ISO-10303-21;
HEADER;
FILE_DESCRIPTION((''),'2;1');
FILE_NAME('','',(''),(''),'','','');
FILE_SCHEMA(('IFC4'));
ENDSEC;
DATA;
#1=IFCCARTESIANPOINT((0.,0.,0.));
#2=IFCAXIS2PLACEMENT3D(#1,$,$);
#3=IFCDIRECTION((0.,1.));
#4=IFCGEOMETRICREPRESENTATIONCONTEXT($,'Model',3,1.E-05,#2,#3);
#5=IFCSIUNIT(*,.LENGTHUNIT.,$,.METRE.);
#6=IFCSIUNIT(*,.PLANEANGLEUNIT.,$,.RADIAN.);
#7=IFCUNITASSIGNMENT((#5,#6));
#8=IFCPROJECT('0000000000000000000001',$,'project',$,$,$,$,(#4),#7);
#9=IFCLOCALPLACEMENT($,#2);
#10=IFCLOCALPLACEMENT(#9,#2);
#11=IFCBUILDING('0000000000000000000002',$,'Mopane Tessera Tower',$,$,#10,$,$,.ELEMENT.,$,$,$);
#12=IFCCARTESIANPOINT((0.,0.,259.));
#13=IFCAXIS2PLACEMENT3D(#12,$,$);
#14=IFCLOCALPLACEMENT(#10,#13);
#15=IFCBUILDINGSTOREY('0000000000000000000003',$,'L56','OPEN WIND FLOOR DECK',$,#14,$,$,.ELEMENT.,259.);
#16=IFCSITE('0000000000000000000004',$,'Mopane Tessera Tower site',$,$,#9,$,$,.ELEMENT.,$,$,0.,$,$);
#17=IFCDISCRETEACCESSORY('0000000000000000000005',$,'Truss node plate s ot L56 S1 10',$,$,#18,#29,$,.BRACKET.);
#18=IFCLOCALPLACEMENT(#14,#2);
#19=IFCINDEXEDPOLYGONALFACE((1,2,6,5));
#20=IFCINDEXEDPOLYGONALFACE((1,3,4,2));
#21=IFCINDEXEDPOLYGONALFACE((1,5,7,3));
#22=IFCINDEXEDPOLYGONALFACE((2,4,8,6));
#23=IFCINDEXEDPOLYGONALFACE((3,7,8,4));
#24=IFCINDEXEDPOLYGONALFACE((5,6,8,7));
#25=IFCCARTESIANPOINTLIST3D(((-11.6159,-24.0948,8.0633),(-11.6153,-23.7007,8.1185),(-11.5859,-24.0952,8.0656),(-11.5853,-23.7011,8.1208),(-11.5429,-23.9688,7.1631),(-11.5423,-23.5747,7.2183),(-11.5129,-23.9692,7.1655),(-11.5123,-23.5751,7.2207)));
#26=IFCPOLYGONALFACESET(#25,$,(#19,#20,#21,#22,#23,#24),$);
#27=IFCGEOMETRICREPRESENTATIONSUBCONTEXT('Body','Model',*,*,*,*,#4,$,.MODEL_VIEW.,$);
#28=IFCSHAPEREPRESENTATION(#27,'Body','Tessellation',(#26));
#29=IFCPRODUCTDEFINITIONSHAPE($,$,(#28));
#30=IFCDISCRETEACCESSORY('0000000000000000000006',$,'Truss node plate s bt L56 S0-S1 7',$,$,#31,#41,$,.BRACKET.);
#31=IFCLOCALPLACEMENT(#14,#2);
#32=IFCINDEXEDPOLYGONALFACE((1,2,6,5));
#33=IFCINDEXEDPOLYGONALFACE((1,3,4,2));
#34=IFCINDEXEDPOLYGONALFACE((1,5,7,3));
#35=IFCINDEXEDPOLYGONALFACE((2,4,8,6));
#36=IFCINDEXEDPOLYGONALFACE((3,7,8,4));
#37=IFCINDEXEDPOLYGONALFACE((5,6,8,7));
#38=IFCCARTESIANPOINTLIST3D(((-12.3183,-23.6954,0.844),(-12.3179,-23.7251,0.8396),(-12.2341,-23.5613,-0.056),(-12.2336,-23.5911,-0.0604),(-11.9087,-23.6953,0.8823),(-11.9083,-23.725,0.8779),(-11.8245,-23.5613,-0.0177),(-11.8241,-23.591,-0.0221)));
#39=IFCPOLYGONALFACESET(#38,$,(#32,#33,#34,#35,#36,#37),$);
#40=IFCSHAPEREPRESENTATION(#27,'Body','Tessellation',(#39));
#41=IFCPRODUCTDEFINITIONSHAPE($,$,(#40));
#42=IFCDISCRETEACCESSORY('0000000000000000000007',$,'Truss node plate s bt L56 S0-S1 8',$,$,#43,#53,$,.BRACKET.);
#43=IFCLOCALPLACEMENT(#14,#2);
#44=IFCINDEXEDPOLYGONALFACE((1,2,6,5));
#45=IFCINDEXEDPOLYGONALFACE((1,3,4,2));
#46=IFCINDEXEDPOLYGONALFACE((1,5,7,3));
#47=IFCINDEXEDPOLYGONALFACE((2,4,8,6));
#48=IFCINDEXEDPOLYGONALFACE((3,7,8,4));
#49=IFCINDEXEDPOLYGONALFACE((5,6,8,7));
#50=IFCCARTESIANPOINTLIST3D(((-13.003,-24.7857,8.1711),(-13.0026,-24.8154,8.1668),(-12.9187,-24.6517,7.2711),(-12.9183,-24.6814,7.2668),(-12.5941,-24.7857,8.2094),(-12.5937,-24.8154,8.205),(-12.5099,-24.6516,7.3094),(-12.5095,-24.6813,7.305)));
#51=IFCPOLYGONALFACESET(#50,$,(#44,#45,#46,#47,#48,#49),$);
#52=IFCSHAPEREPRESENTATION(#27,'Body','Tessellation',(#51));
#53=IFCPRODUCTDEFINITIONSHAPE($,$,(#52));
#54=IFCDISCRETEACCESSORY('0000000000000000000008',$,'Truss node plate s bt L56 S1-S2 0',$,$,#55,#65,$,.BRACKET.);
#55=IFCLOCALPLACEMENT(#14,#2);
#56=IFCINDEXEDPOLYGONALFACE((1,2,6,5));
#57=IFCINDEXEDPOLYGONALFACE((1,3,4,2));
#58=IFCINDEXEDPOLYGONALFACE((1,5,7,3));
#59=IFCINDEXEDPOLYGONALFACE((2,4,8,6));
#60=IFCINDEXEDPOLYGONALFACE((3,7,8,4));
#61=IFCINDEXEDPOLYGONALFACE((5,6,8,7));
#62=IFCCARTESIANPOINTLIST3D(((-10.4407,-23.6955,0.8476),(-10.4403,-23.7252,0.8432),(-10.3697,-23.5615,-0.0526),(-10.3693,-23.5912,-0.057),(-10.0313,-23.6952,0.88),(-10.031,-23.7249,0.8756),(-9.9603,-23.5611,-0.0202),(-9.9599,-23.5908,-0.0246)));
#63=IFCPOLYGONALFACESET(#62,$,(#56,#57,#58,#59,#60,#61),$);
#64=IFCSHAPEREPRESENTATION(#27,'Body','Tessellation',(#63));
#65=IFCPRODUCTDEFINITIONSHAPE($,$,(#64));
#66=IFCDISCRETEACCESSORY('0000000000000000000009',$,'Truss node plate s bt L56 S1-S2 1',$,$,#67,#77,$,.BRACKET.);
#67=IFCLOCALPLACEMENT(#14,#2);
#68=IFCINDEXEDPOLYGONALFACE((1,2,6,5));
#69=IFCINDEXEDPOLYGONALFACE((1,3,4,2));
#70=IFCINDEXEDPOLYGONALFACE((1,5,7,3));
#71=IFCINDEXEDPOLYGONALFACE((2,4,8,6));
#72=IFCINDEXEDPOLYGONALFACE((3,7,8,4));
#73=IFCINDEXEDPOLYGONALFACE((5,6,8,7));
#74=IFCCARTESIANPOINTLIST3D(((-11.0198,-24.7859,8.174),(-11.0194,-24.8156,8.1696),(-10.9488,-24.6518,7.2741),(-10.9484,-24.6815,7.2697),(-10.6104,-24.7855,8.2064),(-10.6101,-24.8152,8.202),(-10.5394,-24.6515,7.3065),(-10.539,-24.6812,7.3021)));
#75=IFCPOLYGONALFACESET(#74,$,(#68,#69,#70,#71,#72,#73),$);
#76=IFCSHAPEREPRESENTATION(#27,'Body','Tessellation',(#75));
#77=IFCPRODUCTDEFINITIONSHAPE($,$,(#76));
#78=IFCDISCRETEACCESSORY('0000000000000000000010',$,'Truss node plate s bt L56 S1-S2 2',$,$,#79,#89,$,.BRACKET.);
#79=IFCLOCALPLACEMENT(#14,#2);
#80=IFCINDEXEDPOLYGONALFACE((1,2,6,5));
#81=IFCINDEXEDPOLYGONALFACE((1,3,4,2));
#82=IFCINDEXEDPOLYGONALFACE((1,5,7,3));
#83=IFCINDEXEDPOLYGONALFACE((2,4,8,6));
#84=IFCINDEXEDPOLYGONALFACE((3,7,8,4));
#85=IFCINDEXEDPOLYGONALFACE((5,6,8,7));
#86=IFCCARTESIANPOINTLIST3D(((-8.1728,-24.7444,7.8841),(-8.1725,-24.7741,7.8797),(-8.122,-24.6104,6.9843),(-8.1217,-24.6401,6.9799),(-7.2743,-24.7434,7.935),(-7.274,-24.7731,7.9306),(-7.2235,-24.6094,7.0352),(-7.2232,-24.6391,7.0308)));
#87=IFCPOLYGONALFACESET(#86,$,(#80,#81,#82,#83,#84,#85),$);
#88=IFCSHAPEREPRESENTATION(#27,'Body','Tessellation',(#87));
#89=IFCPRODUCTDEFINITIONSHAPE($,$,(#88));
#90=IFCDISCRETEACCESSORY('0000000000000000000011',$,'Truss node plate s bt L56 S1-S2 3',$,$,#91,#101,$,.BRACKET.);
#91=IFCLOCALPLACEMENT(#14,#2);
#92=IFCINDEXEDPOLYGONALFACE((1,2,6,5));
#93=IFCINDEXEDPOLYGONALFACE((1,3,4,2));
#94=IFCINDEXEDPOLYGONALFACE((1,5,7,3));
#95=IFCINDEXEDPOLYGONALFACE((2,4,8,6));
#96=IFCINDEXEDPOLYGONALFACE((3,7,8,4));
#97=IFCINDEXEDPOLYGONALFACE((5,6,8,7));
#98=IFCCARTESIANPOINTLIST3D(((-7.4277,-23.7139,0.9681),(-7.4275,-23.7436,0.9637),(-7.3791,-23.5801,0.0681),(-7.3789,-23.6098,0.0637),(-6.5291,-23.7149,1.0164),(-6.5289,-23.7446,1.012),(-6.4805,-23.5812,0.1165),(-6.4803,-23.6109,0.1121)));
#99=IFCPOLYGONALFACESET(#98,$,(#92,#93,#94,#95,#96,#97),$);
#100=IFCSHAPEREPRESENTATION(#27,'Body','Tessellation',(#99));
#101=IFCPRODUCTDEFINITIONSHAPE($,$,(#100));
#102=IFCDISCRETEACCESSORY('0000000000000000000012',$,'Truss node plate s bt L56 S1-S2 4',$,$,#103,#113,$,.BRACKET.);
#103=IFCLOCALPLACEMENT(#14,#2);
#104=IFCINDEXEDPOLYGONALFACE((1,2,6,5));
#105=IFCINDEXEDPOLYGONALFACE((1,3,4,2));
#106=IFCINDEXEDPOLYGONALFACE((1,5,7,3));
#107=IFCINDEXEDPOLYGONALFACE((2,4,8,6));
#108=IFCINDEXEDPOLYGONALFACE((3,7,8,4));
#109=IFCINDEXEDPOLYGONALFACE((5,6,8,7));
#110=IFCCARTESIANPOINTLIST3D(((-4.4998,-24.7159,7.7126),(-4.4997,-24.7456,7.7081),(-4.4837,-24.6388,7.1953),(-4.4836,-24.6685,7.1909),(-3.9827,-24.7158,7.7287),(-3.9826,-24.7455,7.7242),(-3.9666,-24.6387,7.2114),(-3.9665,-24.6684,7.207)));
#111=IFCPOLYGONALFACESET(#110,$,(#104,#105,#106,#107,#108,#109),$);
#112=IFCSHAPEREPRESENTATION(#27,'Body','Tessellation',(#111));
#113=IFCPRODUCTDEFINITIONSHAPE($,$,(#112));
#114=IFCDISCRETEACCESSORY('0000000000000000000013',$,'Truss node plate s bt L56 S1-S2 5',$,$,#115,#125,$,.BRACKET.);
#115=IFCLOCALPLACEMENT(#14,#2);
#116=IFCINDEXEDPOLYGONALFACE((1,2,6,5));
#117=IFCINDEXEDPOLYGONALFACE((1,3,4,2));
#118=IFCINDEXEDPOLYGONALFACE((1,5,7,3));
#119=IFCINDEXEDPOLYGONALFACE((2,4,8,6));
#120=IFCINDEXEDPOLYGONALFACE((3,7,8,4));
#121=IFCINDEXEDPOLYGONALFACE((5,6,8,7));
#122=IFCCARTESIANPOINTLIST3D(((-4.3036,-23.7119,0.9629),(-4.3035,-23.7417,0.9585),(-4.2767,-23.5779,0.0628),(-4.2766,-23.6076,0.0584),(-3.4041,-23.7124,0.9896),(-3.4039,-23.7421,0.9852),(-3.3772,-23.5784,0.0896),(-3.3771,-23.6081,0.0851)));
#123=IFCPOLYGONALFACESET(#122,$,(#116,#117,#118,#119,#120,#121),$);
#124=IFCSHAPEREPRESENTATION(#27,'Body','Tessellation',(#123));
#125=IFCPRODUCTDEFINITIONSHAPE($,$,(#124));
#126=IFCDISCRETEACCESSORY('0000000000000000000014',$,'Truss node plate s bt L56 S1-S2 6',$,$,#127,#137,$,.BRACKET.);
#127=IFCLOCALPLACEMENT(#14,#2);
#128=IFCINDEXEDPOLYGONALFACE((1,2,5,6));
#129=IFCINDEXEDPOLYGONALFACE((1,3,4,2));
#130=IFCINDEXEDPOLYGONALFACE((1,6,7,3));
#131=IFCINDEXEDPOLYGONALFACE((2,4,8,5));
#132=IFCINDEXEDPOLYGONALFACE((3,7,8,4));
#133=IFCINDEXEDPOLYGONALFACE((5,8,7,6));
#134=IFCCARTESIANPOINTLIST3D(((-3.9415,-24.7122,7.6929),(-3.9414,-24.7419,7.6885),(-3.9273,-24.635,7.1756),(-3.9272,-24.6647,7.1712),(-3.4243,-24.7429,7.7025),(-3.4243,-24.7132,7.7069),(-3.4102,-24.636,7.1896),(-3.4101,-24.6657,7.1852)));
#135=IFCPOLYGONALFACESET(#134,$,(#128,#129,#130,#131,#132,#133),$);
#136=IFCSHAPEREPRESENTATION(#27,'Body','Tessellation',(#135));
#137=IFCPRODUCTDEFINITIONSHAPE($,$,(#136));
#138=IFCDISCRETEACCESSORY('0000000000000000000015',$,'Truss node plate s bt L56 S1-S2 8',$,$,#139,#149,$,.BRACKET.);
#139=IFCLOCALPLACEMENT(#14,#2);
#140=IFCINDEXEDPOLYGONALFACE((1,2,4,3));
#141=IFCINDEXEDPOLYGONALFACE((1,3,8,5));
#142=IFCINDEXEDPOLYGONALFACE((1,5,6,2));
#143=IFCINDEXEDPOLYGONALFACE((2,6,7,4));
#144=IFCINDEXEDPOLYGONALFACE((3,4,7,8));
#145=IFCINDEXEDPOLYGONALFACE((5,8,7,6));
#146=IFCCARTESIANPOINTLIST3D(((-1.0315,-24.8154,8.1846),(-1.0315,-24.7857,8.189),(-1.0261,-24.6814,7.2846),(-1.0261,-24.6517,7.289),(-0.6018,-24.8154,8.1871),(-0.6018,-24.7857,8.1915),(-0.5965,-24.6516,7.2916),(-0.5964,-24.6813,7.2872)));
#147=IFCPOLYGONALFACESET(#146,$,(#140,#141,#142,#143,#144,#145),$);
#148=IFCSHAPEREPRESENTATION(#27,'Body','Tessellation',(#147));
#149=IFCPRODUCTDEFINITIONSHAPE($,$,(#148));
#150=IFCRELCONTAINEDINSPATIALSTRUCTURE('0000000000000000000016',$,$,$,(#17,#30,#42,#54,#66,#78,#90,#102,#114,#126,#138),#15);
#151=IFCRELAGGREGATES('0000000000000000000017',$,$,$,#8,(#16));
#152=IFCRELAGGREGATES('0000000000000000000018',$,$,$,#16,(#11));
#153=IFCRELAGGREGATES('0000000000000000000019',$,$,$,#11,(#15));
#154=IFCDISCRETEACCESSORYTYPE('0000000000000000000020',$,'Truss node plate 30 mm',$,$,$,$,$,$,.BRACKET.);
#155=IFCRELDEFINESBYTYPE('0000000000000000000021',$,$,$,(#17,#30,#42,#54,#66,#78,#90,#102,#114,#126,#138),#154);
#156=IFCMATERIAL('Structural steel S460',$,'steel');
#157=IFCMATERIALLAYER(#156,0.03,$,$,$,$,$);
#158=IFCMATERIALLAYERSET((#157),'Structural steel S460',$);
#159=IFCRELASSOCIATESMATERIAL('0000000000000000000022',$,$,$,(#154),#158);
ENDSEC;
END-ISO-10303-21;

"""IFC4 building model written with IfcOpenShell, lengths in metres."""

from ifc_helpers import new_model, si_unit, direction, frame, origin, origin_2d, place, context, subcontext, project, spatial, rectangle, extrude, material, layer, layer_set, type_object, element, save


model = new_model("IFC4")

# Units and contexts
model_context = context("Model", 3, precision=1e-05, world=origin(), true_north=direction((0.0, 1.0)))
body_context = subcontext(model_context, "Body", "Model", "MODEL_VIEW")
ifc_project = project(units=[si_unit("LENGTHUNIT", "METRE"), si_unit("PLANEANGLEUNIT", "RADIAN")], contexts=[model_context])

# Site, building, storey
site_placement = place(None, origin())
site = spatial("IfcSite", under=ifc_project, at=site_placement, Name="Mopane Tessera Tower site", CompositionType="ELEMENT", RefElevation=0.0)
building_placement = place(site_placement, origin())
building = spatial("IfcBuilding", under=site, at=building_placement, Name="Mopane Tessera Tower", CompositionType="ELEMENT")
storey_placement = place(building_placement, frame((0.0, 0.0, 259.0)))
storey = spatial("IfcBuildingStorey", under=building, at=storey_placement, Name="L56", Description="OPEN WIND FLOOR DECK", CompositionType="ELEMENT", Elevation=259.0)

# Discrete accessories
ifc_material_1 = material(Name="Structural steel S460", Category="steel")
ifc_layer = layer(ifc_material_1, 0.03)
ifc_layer_set = layer_set([ifc_layer], Name="Structural steel S460")
discrete_accessory_type = type_object("IfcDiscreteAccessoryType", Name="Truss node plate 30 mm", PredefinedType="BRACKET", material=ifc_layer_set)
discrete_accessory_1_placement = place(storey_placement, frame((-11.5276, -23.772, 7.1919), z_axis=(-0.080055, -0.138156, 0.98717), x_axis=(0.996789, -0.012582, 0.079075)))
element("IfcDiscreteAccessory", 1, at=discrete_accessory_1_placement, inside=storey, type_object=discrete_accessory_type, Name="Truss node plate s ot L56 S1 10", PredefinedType="BRACKET", context=body_context, shape_type="SweptSolid", body=[
    extrude(rectangle(XDim=0.03, YDim=0.3979, at=origin_2d()), origin(), (0.0, 0.0, 1.0), 0.9119),
])
discrete_accessory_2_placement = place(storey_placement, frame((-12.0291, -23.5762, -0.0391), z_axis=(-0.092182, -0.14669, 0.984878), x_axis=(-0.013811, 0.989183, 0.146038)))
element("IfcDiscreteAccessory", 2, at=discrete_accessory_2_placement, inside=storey, type_object=discrete_accessory_type, Name="Truss node plate s bt L56 S0-S1 7", PredefinedType="BRACKET", context=body_context, shape_type="SweptSolid", body=[
    extrude(rectangle(XDim=0.03, YDim=0.4114, at=origin_2d()), origin(), (0.0, 0.0, 1.0), 0.9138),
])
discrete_accessory_3_placement = place(storey_placement, frame((-12.7141, -24.6665, 7.2881), z_axis=(-0.092182, -0.14669, 0.984878), x_axis=(-0.013796, 0.989183, 0.14604)))
element("IfcDiscreteAccessory", 3, at=discrete_accessory_3_placement, inside=storey, type_object=discrete_accessory_type, Name="Truss node plate s bt L56 S0-S1 8", PredefinedType="BRACKET", context=body_context, shape_type="SweptSolid", body=[
    extrude(rectangle(XDim=0.03, YDim=0.4106, at=origin_2d()), origin(), (0.0, 0.0, 1.0), 0.9138),
])
discrete_accessory_4_placement = place(storey_placement, frame((-10.1648, -23.5762, -0.0386), z_axis=(-0.077828, -0.146831, 0.986095), x_axis=(-0.012429, 0.989161, 0.146307)))
element("IfcDiscreteAccessory", 4, at=discrete_accessory_4_placement, inside=storey, type_object=discrete_accessory_type, Name="Truss node plate s bt L56 S1-S2 0", PredefinedType="BRACKET", context=body_context, shape_type="SweptSolid", body=[
    extrude(rectangle(XDim=0.03, YDim=0.4106, at=origin_2d()), origin(), (0.0, 0.0, 1.0), 0.9128),
])
discrete_accessory_5_placement = place(storey_placement, frame((-10.7439, -24.6665, 7.2881), z_axis=(-0.077849, -0.14687, 0.986088), x_axis=(-0.012433, 0.989155, 0.146345)))
element("IfcDiscreteAccessory", 5, at=discrete_accessory_5_placement, inside=storey, type_object=discrete_accessory_type, Name="Truss node plate s bt L56 S1-S2 1", PredefinedType="BRACKET", context=body_context, shape_type="SweptSolid", body=[
    extrude(rectangle(XDim=0.03, YDim=0.4106, at=origin_2d()), origin(), (0.0, 0.0, 1.0), 0.9126),
])
for number, where, z_axis, x_axis, name in (
    (6, (-7.6726, -24.6248, 7.0076), (-0.055727, -0.147088, 0.987552), (-0.009382, 0.989123, 0.146792), "Truss node plate s bt L56 S1-S2 2"),
    (7, (-6.9297, -23.5955, 0.0901), (-0.053325, -0.146845, 0.987721), (-0.006698, 0.989159, 0.146697), "Truss node plate s bt L56 S1-S2 3"),
):
    element("IfcDiscreteAccessory", number, at=place(storey_placement, frame(where, z_axis=z_axis, x_axis=x_axis)), inside=storey, type_object=discrete_accessory_type, Name=name, PredefinedType="BRACKET", context=body_context, shape_type="SweptSolid", body=[
        extrude(rectangle(XDim=0.03, YDim=0.8999, at=origin_2d()), origin(), (0.0, 0.0, 1.0), 0.9111),
    ])
discrete_accessory_6_placement = place(storey_placement, frame((-4.2251, -24.6536, 7.2012), z_axis=(-0.030791, -0.147426, 0.988594), x_axis=(-0.004736, 0.989073, 0.14735)))
element("IfcDiscreteAccessory", 8, at=discrete_accessory_6_placement, inside=storey, type_object=discrete_accessory_type, Name="Truss node plate s bt L56 S1-S2 4", PredefinedType="BRACKET", context=body_context, shape_type="SweptSolid", body=[
    extrude(rectangle(XDim=0.03, YDim=0.5173, at=origin_2d()), origin(), (0.0, 0.0, 1.0), 0.5232),
])
discrete_accessory_7_placement = place(storey_placement, frame((-3.8269, -23.593, 0.074), z_axis=(-0.029496, -0.147214, 0.988665), x_axis=(-0.003851, 0.989105, 0.147164)))
element("IfcDiscreteAccessory", 9, at=discrete_accessory_7_placement, inside=storey, type_object=discrete_accessory_type, Name="Truss node plate s bt L56 S1-S2 5", PredefinedType="BRACKET", context=body_context, shape_type="SweptSolid", body=[
    extrude(rectangle(XDim=0.03, YDim=0.8999, at=origin_2d()), origin(), (0.0, 0.0, 1.0), 0.9104),
])
discrete_accessory_8_placement = place(storey_placement, frame((-3.6687, -24.6504, 7.1804), z_axis=(-0.027062, -0.147442, 0.9887), x_axis=(-0.002054, 0.989069, 0.147441)))
element("IfcDiscreteAccessory", 10, at=discrete_accessory_8_placement, inside=storey, type_object=discrete_accessory_type, Name="Truss node plate s bt L56 S1-S2 6", PredefinedType="BRACKET", context=body_context, shape_type="SweptSolid", body=[
    extrude(rectangle(XDim=0.03, YDim=0.5173, at=origin_2d()), origin(), (0.0, 0.0, 1.0), 0.5232),
])
discrete_accessory_9_placement = place(storey_placement, frame((-0.8113, -24.6665, 7.2881), z_axis=(-0.005903, -0.147314, 0.989072), x_axis=(-0.000917, 0.98909, 0.147311)))
element("IfcDiscreteAccessory", 11, at=discrete_accessory_9_placement, inside=storey, type_object=discrete_accessory_type, Name="Truss node plate s bt L56 S1-S2 8", PredefinedType="BRACKET", context=body_context, shape_type="SweptSolid", body=[
    extrude(rectangle(XDim=0.03, YDim=0.4297, at=origin_2d()), origin(), (0.0, 0.0, 1.0), 0.9099),
])

save(model, "model.ifc")
